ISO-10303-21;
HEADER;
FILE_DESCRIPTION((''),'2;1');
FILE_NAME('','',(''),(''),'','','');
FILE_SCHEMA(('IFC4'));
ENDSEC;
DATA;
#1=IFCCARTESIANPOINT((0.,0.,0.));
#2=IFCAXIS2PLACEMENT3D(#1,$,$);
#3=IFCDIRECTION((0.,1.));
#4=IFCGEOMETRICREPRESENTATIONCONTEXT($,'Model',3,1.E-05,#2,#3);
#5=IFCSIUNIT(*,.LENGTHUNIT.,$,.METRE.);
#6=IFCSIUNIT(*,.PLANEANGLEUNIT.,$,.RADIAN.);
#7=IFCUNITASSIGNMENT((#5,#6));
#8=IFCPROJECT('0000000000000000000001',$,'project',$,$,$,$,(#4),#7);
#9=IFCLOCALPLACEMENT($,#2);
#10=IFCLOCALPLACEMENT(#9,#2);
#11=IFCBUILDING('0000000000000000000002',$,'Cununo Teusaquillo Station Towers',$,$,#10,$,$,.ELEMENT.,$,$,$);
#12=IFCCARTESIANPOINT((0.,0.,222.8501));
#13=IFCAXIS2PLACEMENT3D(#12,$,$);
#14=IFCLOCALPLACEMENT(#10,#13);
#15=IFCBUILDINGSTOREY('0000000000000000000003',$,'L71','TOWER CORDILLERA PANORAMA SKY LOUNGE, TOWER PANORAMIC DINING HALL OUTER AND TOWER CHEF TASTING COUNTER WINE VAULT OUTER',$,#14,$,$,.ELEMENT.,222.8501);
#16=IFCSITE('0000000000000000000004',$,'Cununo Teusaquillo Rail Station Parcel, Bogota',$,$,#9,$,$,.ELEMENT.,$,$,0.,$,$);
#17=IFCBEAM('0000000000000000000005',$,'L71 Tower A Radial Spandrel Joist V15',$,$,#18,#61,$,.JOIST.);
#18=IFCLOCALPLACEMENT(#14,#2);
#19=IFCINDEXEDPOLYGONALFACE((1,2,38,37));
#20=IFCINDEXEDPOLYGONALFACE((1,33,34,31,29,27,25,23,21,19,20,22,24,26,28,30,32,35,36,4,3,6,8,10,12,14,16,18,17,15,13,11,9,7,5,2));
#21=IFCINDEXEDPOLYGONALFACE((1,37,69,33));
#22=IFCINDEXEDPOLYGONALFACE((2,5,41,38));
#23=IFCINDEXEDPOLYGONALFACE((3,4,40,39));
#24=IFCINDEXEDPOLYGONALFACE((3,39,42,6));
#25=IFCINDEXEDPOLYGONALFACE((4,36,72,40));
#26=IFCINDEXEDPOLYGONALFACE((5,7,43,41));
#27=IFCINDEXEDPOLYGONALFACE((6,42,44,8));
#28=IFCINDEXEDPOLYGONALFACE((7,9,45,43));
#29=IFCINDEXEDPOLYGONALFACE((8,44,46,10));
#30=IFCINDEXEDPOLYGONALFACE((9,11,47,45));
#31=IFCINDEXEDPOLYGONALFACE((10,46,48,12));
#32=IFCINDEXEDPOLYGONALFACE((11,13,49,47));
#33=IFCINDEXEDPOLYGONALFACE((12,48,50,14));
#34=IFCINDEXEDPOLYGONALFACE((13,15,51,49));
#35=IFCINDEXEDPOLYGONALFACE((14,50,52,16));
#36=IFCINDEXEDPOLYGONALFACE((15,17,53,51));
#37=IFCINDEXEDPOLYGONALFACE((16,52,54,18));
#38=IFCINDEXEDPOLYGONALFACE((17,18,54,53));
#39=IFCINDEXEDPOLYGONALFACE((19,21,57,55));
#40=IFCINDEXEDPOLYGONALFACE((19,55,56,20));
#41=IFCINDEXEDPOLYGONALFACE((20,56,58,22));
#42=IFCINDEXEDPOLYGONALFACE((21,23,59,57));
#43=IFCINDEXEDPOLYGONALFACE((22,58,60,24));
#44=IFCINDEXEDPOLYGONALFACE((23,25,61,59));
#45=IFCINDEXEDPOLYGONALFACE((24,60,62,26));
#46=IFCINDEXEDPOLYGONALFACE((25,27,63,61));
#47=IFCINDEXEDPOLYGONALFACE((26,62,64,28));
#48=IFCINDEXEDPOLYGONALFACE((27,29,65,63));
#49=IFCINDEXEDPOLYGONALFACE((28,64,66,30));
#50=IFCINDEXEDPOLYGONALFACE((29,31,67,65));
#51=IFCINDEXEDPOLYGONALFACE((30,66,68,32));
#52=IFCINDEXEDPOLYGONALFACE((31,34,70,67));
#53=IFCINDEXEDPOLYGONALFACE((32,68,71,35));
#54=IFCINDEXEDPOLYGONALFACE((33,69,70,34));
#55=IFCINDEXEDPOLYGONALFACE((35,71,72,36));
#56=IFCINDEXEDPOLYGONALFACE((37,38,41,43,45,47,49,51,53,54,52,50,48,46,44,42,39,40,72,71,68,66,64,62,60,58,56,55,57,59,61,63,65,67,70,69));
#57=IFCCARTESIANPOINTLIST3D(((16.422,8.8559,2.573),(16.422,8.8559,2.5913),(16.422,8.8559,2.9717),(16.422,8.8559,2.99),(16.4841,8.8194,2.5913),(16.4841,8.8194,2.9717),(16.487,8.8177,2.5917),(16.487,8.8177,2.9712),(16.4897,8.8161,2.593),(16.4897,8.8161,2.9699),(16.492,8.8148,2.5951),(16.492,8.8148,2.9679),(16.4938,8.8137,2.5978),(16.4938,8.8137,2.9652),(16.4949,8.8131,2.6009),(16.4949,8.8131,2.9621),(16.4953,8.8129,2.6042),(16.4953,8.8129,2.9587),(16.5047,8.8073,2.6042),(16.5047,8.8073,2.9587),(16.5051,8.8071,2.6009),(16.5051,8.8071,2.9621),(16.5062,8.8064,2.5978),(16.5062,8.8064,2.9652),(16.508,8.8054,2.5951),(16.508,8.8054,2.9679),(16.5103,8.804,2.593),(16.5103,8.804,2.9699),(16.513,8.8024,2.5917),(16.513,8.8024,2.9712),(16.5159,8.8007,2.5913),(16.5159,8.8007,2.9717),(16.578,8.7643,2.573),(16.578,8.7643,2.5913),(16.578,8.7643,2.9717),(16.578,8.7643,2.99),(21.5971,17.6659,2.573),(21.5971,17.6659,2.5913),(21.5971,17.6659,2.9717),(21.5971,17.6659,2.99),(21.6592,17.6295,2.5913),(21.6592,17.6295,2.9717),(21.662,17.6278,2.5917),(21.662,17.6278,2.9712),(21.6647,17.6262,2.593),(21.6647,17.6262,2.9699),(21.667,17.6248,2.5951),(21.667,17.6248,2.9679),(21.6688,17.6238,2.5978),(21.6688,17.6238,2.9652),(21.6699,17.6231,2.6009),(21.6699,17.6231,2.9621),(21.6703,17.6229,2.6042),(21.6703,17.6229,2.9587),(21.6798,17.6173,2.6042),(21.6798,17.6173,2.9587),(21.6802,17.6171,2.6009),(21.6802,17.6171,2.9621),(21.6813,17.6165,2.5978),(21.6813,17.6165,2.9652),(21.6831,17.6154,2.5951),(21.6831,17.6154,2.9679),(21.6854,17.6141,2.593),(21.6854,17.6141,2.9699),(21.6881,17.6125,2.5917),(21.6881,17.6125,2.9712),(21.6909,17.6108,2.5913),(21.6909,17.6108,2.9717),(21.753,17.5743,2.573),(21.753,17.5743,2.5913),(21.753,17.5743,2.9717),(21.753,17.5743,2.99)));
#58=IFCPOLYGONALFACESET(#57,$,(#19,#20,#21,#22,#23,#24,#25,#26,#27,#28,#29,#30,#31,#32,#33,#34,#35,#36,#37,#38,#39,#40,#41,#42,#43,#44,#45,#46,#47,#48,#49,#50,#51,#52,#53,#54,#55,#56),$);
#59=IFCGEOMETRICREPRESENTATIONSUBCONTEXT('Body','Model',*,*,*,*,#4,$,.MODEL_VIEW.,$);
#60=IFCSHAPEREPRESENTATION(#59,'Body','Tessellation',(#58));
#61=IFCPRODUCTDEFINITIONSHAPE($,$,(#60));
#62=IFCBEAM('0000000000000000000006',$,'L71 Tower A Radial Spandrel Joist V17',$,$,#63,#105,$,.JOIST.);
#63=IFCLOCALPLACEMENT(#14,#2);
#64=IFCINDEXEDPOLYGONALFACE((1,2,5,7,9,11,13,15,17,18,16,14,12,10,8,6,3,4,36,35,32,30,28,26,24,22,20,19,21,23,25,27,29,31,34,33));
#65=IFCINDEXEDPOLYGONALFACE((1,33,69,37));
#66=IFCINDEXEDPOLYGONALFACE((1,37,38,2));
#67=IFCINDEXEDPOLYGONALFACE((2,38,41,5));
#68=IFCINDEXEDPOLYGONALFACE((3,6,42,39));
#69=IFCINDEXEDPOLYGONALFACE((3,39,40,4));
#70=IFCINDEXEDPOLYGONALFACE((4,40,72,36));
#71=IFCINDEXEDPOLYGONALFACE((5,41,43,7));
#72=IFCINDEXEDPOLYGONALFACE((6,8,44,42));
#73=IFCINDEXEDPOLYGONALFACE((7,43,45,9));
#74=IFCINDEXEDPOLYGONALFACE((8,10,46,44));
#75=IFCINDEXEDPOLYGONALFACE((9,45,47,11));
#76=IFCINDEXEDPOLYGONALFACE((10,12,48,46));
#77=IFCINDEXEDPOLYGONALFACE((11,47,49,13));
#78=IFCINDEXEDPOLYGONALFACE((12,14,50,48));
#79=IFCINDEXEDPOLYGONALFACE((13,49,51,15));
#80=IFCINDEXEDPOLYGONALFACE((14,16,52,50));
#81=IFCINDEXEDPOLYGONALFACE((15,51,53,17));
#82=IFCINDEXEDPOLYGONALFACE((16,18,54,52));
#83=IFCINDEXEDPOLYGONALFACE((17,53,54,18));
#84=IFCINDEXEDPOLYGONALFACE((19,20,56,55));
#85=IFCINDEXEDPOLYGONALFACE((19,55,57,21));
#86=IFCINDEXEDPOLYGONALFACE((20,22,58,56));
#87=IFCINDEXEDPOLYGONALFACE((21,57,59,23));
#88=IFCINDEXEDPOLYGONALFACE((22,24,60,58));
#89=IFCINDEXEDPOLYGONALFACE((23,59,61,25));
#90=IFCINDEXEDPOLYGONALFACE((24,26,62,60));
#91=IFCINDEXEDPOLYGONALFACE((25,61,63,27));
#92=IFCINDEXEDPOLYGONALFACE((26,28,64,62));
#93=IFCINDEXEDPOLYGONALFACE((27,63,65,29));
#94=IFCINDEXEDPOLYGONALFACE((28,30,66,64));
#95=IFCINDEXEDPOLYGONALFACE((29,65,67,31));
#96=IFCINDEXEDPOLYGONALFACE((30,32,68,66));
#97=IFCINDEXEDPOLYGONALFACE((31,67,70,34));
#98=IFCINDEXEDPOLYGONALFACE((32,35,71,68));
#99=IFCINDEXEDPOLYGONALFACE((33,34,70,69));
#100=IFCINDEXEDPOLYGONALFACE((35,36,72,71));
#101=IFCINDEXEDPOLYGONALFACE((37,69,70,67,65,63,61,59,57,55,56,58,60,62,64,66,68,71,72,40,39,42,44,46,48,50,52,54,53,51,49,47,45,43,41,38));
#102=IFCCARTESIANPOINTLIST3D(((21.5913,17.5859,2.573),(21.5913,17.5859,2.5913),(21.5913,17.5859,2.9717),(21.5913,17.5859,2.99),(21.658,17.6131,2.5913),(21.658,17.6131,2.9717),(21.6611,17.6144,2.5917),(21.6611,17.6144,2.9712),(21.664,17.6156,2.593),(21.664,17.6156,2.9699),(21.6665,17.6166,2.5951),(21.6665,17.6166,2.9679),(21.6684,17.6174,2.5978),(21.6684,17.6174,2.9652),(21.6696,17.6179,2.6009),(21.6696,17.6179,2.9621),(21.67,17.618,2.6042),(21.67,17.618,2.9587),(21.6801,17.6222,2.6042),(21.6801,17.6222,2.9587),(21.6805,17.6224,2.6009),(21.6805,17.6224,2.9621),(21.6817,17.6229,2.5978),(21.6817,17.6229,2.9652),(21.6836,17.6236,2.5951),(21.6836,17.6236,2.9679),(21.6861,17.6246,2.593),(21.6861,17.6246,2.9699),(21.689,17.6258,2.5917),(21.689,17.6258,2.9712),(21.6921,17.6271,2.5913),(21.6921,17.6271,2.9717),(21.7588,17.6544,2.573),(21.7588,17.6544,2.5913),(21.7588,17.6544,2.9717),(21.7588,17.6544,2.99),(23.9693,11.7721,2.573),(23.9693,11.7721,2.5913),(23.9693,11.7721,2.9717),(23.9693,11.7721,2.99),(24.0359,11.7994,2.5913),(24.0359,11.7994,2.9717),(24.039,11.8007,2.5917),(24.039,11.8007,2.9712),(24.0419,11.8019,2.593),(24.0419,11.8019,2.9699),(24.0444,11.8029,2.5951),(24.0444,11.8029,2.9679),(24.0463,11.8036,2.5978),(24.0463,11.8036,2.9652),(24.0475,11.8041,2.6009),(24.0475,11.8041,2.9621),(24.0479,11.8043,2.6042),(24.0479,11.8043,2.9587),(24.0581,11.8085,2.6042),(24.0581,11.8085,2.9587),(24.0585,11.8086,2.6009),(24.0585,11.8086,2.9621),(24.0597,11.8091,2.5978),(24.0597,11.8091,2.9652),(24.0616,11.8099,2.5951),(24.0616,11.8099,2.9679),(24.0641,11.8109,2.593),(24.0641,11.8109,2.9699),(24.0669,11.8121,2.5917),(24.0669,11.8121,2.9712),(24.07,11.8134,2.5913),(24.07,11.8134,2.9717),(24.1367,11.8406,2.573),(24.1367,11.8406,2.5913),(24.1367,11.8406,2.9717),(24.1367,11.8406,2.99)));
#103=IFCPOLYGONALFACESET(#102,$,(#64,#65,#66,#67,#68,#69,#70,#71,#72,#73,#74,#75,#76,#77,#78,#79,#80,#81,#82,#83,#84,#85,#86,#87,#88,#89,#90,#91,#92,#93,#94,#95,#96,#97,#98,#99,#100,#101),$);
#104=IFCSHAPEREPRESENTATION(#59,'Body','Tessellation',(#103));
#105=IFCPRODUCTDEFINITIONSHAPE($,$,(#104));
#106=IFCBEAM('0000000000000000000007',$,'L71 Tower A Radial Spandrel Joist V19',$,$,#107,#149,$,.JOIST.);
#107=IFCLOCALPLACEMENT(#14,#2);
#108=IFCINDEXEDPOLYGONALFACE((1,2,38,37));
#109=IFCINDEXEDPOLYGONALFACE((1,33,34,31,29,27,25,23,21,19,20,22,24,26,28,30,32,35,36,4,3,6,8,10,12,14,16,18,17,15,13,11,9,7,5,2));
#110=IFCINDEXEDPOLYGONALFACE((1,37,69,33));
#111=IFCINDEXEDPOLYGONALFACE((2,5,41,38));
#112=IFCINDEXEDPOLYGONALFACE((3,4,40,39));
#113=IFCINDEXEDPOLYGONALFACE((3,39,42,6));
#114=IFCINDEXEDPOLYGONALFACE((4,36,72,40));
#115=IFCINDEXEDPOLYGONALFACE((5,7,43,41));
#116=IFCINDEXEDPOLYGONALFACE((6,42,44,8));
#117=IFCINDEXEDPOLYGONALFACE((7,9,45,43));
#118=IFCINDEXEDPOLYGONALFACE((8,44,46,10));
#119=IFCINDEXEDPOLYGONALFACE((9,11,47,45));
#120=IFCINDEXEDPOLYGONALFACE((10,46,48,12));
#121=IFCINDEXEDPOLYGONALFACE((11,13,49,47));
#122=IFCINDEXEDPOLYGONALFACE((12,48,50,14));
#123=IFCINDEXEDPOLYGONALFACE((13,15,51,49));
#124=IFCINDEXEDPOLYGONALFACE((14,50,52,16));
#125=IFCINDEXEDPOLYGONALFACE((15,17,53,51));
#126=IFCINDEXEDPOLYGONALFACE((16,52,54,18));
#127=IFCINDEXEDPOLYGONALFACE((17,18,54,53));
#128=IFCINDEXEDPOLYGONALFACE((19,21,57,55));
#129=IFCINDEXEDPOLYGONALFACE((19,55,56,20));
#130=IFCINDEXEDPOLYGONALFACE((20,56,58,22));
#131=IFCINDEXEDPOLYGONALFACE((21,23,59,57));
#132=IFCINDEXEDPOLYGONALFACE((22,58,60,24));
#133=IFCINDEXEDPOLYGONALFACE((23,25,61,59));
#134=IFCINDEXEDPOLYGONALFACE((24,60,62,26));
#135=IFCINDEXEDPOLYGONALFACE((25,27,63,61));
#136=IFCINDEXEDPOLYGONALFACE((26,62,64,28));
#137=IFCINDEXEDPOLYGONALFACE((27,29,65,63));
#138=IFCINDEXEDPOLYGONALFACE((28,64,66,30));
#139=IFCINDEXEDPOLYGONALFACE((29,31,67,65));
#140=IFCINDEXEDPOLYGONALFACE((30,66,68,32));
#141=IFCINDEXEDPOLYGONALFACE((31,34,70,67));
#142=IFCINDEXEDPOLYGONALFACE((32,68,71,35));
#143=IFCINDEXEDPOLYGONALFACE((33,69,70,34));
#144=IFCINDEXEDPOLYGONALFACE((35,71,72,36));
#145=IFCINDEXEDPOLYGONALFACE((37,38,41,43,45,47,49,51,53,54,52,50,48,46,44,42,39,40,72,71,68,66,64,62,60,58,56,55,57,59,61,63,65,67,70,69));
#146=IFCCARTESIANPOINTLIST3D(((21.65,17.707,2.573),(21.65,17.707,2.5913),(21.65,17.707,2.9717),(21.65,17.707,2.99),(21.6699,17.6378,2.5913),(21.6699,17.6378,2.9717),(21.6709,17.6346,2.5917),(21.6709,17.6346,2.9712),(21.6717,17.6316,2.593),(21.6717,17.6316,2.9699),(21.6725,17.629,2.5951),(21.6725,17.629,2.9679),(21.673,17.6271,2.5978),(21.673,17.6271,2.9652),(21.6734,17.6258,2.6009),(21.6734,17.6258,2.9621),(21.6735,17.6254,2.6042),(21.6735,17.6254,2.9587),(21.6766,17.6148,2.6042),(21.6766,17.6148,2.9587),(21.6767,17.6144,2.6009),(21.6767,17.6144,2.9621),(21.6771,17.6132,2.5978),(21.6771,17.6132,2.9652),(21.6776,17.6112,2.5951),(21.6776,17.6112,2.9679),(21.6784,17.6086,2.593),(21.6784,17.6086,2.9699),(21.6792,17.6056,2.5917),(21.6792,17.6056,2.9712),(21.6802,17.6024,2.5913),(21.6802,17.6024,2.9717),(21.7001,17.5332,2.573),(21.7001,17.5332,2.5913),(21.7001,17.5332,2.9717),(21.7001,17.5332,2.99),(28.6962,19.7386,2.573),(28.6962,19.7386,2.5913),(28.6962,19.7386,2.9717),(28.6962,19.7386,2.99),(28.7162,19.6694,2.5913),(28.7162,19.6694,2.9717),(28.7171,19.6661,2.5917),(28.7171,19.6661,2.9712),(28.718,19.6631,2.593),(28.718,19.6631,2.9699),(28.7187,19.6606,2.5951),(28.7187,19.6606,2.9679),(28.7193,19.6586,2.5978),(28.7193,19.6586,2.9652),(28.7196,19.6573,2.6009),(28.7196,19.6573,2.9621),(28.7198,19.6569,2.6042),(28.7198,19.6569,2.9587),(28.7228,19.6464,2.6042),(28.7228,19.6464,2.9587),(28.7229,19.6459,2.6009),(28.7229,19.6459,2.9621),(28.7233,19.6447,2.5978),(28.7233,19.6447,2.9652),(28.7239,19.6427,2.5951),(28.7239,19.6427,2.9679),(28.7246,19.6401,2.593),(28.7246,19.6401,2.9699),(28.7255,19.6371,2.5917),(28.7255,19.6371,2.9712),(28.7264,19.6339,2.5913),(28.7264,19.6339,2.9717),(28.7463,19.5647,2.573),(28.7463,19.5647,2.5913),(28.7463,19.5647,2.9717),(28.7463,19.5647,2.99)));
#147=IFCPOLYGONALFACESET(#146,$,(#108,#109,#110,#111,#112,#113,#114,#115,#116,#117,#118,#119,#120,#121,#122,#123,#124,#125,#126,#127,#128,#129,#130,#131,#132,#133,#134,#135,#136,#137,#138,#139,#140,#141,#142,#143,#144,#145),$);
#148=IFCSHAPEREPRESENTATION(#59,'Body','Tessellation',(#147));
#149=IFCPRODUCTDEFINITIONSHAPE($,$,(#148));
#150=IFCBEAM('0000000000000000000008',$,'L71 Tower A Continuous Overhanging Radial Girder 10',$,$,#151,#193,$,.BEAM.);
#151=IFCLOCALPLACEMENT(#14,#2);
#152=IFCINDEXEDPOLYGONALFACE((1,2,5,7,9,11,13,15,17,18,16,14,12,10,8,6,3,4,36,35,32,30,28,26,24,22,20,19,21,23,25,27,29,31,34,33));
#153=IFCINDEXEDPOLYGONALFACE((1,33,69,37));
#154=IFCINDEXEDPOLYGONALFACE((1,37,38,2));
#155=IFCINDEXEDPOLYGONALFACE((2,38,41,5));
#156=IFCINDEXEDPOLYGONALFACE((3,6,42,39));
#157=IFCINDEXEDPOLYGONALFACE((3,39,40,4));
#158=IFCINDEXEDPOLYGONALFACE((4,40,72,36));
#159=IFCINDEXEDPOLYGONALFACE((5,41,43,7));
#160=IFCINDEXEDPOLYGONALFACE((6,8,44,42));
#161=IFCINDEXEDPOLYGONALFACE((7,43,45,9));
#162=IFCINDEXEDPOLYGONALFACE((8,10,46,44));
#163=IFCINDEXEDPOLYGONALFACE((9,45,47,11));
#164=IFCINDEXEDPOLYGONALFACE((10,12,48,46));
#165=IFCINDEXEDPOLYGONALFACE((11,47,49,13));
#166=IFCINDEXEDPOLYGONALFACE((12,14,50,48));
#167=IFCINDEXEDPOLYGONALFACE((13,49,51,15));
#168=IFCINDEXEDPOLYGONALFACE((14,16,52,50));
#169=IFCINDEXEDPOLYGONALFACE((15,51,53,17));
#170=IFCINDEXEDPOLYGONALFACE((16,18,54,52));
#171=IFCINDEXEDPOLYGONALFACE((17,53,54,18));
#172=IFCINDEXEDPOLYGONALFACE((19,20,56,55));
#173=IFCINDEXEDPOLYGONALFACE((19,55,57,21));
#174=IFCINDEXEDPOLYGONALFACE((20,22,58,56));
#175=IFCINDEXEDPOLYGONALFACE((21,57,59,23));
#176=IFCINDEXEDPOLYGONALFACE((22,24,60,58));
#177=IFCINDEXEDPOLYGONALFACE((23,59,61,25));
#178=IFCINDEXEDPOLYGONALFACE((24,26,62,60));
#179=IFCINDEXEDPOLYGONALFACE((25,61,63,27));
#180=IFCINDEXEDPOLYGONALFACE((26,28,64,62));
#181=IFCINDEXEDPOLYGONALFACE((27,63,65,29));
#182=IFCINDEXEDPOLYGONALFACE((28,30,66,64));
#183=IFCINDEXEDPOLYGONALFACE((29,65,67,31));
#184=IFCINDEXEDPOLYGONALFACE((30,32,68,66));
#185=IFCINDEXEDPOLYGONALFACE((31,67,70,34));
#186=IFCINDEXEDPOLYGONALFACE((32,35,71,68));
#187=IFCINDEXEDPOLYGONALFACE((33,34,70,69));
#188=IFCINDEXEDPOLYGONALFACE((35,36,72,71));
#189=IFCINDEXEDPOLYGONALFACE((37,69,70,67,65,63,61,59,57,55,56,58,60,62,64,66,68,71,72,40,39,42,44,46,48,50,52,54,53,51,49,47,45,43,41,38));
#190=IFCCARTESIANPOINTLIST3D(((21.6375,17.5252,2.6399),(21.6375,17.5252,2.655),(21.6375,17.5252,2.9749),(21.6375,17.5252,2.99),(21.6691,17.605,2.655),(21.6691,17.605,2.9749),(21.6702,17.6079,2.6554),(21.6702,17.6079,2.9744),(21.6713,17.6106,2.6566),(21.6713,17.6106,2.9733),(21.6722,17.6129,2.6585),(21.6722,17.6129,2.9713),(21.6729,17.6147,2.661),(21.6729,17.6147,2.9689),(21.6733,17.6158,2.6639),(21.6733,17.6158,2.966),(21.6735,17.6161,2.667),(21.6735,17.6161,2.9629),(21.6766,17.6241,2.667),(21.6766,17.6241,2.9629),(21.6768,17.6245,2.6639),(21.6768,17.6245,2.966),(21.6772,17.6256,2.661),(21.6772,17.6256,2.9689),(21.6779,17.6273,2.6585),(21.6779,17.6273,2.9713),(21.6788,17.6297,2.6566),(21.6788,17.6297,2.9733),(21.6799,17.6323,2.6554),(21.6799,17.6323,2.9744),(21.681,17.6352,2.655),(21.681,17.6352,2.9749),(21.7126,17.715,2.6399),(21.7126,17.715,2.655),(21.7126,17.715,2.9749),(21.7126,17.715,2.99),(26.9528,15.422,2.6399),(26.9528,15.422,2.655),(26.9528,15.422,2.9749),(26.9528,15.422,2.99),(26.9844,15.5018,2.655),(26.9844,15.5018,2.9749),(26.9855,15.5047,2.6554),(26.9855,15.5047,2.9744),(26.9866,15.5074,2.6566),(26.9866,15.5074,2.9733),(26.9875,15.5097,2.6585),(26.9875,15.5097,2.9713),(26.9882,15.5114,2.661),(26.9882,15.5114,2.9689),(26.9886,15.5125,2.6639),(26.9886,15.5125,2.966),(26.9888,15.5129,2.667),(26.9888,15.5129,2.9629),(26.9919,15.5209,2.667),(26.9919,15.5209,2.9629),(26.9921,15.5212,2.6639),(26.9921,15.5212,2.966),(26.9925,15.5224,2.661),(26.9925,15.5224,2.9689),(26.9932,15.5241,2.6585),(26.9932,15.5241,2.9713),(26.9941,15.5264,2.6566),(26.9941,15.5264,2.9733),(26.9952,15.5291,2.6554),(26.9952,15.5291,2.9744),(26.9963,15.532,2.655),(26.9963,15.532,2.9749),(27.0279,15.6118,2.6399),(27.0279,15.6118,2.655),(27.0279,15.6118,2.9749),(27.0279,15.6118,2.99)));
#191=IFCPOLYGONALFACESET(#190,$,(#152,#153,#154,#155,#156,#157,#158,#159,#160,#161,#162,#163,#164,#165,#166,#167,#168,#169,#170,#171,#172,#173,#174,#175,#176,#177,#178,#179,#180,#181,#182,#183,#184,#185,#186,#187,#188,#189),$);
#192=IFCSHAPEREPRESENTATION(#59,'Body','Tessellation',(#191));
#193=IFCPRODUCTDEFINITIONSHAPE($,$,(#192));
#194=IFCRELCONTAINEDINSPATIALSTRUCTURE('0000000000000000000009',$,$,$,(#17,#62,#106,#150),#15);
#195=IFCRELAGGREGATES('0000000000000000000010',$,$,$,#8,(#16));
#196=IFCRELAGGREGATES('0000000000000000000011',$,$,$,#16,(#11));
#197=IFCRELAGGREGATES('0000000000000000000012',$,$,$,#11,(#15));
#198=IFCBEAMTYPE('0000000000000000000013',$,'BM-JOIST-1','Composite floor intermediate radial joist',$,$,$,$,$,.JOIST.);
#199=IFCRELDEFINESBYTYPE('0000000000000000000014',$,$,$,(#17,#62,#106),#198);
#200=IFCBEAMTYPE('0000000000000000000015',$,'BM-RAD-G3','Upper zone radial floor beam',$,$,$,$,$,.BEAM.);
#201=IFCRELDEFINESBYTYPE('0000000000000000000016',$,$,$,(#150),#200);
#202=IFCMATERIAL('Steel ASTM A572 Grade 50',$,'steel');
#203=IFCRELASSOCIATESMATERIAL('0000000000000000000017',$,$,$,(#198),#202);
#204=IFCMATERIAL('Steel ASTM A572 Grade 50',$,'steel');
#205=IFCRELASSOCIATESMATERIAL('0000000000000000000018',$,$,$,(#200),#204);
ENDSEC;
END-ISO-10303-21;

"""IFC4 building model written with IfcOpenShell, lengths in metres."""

from ifc_helpers import new_model, si_unit, direction, frame, origin, origin_2d, place, context, subcontext, project, spatial, i_section, extrude, material, material_profile, profile_set, type_object, element, save


model = new_model("IFC4")

# Units and contexts
model_context = context("Model", 3, precision=1e-05, world=origin(), true_north=direction((0.0, 1.0)))
body_context = subcontext(model_context, "Body", "Model", "MODEL_VIEW")
ifc_project = project(units=[si_unit("LENGTHUNIT", "METRE"), si_unit("PLANEANGLEUNIT", "RADIAN")], contexts=[model_context])

# Site, building, storey
site_placement = place(None, origin())
site = spatial("IfcSite", under=ifc_project, at=site_placement, Name="Cununo Teusaquillo Rail Station Parcel, Bogota", CompositionType="ELEMENT", RefElevation=0.0)
building_placement = place(site_placement, origin())
building = spatial("IfcBuilding", under=site, at=building_placement, Name="Cununo Teusaquillo Station Towers", CompositionType="ELEMENT")
storey_placement = place(building_placement, frame((0.0, 0.0, 222.8501)))
storey = spatial("IfcBuildingStorey", under=building, at=storey_placement, Name="L71", Description="TOWER CORDILLERA PANORAMA SKY LOUNGE, TOWER PANORAMIC DINING HALL OUTER AND TOWER CHEF TASTING COUNTER WINE VAULT OUTER", CompositionType="ELEMENT", Elevation=222.8501)

# Beams
ifc_material_1 = material(Name="Steel ASTM A572 Grade 50", Category="steel")
ifc_material_profile_1 = material_profile(ifc_material_1, i_section(OverallWidth=0.1809, OverallDepth=0.417, WebThickness=0.011, FlangeThickness=0.0183, FilletRadius=0.0129, at=origin_2d()), Name="W16X57")
ifc_profile_set_1 = profile_set([ifc_material_profile_1], Name="Steel ASTM A572 Grade 50")
beam_type_1 = type_object("IfcBeamType", Name="BM-JOIST-1", Description="Composite floor intermediate radial joist", PredefinedType="JOIST", material=ifc_profile_set_1)
beam_1_placement = place(storey_placement, frame((21.675, 17.6201, 2.7815), z_axis=(-0.506486, -0.862248, 0.0), x_axis=(0.862248, -0.506486, 0.0)))
element("IfcBeam", 1, at=beam_1_placement, inside=storey, type_object=beam_type_1, Name="L71 Tower A Radial Spandrel Joist V15", PredefinedType="JOIST", context=body_context, shape_type="SweptSolid", body=[
    extrude(i_section(OverallWidth=0.1809, OverallDepth=0.417, WebThickness=0.011, FlangeThickness=0.0183, FilletRadius=0.0129, at=origin_2d()), origin(), (0.0, 0.0, 1.0), 10.2175),
])
beam_2_placement = place(storey_placement, frame((21.675, 17.6201, 2.7815), z_axis=(0.378577, -0.92557, 0.0), x_axis=(0.92557, 0.378577, 0.0)))
element("IfcBeam", 2, at=beam_2_placement, inside=storey, type_object=beam_type_1, Name="L71 Tower A Radial Spandrel Joist V17", PredefinedType="JOIST", context=body_context, shape_type="SweptSolid", body=[
    extrude(i_section(OverallWidth=0.1809, OverallDepth=0.417, WebThickness=0.011, FlangeThickness=0.0183, FilletRadius=0.0129, at=origin_2d()), origin(), (0.0, 0.0, 1.0), 6.2812),
])
beam_3_placement = place(storey_placement, frame((21.675, 17.6201, 2.7815), z_axis=(0.960862, 0.277029, 0.0), x_axis=(-0.277029, 0.960862, 0.0)))
element("IfcBeam", 3, at=beam_3_placement, inside=storey, type_object=beam_type_1, Name="L71 Tower A Radial Spandrel Joist V19", PredefinedType="JOIST", context=body_context, shape_type="SweptSolid", body=[
    extrude(i_section(OverallWidth=0.1809, OverallDepth=0.417, WebThickness=0.011, FlangeThickness=0.0183, FilletRadius=0.0129, at=origin_2d()), origin(), (0.0, 0.0, 1.0), 7.3333),
])
ifc_material_2 = material(Name="Steel ASTM A572 Grade 50", Category="steel")
ifc_material_profile_2 = material_profile(ifc_material_2, i_section(OverallWidth=0.2041, OverallDepth=0.3501, WebThickness=0.0085, FlangeThickness=0.0151, FilletRadius=0.012, at=origin_2d()), Name="W14X48")
ifc_profile_set_2 = profile_set([ifc_material_profile_2], Name="Steel ASTM A572 Grade 50")
beam_type_2 = type_object("IfcBeamType", Name="BM-RAD-G3", Description="Upper zone radial floor beam", PredefinedType="BEAM", material=ifc_profile_set_2)
beam_4_placement = place(storey_placement, frame((21.675, 17.6201, 2.8149), z_axis=(0.929852, -0.367935, 0.0), x_axis=(0.367935, 0.929852, 0.0)))
element("IfcBeam", 4, at=beam_4_placement, inside=storey, type_object=beam_type_2, Name="L71 Tower A Continuous Overhanging Radial Girder 10", PredefinedType="BEAM", context=body_context, shape_type="SweptSolid", body=[
    extrude(i_section(OverallWidth=0.2041, OverallDepth=0.3501, WebThickness=0.0085, FlangeThickness=0.0151, FilletRadius=0.012, at=origin_2d()), origin(), (0.0, 0.0, 1.0), 5.7163),
])

save(model, "model.ifc")
